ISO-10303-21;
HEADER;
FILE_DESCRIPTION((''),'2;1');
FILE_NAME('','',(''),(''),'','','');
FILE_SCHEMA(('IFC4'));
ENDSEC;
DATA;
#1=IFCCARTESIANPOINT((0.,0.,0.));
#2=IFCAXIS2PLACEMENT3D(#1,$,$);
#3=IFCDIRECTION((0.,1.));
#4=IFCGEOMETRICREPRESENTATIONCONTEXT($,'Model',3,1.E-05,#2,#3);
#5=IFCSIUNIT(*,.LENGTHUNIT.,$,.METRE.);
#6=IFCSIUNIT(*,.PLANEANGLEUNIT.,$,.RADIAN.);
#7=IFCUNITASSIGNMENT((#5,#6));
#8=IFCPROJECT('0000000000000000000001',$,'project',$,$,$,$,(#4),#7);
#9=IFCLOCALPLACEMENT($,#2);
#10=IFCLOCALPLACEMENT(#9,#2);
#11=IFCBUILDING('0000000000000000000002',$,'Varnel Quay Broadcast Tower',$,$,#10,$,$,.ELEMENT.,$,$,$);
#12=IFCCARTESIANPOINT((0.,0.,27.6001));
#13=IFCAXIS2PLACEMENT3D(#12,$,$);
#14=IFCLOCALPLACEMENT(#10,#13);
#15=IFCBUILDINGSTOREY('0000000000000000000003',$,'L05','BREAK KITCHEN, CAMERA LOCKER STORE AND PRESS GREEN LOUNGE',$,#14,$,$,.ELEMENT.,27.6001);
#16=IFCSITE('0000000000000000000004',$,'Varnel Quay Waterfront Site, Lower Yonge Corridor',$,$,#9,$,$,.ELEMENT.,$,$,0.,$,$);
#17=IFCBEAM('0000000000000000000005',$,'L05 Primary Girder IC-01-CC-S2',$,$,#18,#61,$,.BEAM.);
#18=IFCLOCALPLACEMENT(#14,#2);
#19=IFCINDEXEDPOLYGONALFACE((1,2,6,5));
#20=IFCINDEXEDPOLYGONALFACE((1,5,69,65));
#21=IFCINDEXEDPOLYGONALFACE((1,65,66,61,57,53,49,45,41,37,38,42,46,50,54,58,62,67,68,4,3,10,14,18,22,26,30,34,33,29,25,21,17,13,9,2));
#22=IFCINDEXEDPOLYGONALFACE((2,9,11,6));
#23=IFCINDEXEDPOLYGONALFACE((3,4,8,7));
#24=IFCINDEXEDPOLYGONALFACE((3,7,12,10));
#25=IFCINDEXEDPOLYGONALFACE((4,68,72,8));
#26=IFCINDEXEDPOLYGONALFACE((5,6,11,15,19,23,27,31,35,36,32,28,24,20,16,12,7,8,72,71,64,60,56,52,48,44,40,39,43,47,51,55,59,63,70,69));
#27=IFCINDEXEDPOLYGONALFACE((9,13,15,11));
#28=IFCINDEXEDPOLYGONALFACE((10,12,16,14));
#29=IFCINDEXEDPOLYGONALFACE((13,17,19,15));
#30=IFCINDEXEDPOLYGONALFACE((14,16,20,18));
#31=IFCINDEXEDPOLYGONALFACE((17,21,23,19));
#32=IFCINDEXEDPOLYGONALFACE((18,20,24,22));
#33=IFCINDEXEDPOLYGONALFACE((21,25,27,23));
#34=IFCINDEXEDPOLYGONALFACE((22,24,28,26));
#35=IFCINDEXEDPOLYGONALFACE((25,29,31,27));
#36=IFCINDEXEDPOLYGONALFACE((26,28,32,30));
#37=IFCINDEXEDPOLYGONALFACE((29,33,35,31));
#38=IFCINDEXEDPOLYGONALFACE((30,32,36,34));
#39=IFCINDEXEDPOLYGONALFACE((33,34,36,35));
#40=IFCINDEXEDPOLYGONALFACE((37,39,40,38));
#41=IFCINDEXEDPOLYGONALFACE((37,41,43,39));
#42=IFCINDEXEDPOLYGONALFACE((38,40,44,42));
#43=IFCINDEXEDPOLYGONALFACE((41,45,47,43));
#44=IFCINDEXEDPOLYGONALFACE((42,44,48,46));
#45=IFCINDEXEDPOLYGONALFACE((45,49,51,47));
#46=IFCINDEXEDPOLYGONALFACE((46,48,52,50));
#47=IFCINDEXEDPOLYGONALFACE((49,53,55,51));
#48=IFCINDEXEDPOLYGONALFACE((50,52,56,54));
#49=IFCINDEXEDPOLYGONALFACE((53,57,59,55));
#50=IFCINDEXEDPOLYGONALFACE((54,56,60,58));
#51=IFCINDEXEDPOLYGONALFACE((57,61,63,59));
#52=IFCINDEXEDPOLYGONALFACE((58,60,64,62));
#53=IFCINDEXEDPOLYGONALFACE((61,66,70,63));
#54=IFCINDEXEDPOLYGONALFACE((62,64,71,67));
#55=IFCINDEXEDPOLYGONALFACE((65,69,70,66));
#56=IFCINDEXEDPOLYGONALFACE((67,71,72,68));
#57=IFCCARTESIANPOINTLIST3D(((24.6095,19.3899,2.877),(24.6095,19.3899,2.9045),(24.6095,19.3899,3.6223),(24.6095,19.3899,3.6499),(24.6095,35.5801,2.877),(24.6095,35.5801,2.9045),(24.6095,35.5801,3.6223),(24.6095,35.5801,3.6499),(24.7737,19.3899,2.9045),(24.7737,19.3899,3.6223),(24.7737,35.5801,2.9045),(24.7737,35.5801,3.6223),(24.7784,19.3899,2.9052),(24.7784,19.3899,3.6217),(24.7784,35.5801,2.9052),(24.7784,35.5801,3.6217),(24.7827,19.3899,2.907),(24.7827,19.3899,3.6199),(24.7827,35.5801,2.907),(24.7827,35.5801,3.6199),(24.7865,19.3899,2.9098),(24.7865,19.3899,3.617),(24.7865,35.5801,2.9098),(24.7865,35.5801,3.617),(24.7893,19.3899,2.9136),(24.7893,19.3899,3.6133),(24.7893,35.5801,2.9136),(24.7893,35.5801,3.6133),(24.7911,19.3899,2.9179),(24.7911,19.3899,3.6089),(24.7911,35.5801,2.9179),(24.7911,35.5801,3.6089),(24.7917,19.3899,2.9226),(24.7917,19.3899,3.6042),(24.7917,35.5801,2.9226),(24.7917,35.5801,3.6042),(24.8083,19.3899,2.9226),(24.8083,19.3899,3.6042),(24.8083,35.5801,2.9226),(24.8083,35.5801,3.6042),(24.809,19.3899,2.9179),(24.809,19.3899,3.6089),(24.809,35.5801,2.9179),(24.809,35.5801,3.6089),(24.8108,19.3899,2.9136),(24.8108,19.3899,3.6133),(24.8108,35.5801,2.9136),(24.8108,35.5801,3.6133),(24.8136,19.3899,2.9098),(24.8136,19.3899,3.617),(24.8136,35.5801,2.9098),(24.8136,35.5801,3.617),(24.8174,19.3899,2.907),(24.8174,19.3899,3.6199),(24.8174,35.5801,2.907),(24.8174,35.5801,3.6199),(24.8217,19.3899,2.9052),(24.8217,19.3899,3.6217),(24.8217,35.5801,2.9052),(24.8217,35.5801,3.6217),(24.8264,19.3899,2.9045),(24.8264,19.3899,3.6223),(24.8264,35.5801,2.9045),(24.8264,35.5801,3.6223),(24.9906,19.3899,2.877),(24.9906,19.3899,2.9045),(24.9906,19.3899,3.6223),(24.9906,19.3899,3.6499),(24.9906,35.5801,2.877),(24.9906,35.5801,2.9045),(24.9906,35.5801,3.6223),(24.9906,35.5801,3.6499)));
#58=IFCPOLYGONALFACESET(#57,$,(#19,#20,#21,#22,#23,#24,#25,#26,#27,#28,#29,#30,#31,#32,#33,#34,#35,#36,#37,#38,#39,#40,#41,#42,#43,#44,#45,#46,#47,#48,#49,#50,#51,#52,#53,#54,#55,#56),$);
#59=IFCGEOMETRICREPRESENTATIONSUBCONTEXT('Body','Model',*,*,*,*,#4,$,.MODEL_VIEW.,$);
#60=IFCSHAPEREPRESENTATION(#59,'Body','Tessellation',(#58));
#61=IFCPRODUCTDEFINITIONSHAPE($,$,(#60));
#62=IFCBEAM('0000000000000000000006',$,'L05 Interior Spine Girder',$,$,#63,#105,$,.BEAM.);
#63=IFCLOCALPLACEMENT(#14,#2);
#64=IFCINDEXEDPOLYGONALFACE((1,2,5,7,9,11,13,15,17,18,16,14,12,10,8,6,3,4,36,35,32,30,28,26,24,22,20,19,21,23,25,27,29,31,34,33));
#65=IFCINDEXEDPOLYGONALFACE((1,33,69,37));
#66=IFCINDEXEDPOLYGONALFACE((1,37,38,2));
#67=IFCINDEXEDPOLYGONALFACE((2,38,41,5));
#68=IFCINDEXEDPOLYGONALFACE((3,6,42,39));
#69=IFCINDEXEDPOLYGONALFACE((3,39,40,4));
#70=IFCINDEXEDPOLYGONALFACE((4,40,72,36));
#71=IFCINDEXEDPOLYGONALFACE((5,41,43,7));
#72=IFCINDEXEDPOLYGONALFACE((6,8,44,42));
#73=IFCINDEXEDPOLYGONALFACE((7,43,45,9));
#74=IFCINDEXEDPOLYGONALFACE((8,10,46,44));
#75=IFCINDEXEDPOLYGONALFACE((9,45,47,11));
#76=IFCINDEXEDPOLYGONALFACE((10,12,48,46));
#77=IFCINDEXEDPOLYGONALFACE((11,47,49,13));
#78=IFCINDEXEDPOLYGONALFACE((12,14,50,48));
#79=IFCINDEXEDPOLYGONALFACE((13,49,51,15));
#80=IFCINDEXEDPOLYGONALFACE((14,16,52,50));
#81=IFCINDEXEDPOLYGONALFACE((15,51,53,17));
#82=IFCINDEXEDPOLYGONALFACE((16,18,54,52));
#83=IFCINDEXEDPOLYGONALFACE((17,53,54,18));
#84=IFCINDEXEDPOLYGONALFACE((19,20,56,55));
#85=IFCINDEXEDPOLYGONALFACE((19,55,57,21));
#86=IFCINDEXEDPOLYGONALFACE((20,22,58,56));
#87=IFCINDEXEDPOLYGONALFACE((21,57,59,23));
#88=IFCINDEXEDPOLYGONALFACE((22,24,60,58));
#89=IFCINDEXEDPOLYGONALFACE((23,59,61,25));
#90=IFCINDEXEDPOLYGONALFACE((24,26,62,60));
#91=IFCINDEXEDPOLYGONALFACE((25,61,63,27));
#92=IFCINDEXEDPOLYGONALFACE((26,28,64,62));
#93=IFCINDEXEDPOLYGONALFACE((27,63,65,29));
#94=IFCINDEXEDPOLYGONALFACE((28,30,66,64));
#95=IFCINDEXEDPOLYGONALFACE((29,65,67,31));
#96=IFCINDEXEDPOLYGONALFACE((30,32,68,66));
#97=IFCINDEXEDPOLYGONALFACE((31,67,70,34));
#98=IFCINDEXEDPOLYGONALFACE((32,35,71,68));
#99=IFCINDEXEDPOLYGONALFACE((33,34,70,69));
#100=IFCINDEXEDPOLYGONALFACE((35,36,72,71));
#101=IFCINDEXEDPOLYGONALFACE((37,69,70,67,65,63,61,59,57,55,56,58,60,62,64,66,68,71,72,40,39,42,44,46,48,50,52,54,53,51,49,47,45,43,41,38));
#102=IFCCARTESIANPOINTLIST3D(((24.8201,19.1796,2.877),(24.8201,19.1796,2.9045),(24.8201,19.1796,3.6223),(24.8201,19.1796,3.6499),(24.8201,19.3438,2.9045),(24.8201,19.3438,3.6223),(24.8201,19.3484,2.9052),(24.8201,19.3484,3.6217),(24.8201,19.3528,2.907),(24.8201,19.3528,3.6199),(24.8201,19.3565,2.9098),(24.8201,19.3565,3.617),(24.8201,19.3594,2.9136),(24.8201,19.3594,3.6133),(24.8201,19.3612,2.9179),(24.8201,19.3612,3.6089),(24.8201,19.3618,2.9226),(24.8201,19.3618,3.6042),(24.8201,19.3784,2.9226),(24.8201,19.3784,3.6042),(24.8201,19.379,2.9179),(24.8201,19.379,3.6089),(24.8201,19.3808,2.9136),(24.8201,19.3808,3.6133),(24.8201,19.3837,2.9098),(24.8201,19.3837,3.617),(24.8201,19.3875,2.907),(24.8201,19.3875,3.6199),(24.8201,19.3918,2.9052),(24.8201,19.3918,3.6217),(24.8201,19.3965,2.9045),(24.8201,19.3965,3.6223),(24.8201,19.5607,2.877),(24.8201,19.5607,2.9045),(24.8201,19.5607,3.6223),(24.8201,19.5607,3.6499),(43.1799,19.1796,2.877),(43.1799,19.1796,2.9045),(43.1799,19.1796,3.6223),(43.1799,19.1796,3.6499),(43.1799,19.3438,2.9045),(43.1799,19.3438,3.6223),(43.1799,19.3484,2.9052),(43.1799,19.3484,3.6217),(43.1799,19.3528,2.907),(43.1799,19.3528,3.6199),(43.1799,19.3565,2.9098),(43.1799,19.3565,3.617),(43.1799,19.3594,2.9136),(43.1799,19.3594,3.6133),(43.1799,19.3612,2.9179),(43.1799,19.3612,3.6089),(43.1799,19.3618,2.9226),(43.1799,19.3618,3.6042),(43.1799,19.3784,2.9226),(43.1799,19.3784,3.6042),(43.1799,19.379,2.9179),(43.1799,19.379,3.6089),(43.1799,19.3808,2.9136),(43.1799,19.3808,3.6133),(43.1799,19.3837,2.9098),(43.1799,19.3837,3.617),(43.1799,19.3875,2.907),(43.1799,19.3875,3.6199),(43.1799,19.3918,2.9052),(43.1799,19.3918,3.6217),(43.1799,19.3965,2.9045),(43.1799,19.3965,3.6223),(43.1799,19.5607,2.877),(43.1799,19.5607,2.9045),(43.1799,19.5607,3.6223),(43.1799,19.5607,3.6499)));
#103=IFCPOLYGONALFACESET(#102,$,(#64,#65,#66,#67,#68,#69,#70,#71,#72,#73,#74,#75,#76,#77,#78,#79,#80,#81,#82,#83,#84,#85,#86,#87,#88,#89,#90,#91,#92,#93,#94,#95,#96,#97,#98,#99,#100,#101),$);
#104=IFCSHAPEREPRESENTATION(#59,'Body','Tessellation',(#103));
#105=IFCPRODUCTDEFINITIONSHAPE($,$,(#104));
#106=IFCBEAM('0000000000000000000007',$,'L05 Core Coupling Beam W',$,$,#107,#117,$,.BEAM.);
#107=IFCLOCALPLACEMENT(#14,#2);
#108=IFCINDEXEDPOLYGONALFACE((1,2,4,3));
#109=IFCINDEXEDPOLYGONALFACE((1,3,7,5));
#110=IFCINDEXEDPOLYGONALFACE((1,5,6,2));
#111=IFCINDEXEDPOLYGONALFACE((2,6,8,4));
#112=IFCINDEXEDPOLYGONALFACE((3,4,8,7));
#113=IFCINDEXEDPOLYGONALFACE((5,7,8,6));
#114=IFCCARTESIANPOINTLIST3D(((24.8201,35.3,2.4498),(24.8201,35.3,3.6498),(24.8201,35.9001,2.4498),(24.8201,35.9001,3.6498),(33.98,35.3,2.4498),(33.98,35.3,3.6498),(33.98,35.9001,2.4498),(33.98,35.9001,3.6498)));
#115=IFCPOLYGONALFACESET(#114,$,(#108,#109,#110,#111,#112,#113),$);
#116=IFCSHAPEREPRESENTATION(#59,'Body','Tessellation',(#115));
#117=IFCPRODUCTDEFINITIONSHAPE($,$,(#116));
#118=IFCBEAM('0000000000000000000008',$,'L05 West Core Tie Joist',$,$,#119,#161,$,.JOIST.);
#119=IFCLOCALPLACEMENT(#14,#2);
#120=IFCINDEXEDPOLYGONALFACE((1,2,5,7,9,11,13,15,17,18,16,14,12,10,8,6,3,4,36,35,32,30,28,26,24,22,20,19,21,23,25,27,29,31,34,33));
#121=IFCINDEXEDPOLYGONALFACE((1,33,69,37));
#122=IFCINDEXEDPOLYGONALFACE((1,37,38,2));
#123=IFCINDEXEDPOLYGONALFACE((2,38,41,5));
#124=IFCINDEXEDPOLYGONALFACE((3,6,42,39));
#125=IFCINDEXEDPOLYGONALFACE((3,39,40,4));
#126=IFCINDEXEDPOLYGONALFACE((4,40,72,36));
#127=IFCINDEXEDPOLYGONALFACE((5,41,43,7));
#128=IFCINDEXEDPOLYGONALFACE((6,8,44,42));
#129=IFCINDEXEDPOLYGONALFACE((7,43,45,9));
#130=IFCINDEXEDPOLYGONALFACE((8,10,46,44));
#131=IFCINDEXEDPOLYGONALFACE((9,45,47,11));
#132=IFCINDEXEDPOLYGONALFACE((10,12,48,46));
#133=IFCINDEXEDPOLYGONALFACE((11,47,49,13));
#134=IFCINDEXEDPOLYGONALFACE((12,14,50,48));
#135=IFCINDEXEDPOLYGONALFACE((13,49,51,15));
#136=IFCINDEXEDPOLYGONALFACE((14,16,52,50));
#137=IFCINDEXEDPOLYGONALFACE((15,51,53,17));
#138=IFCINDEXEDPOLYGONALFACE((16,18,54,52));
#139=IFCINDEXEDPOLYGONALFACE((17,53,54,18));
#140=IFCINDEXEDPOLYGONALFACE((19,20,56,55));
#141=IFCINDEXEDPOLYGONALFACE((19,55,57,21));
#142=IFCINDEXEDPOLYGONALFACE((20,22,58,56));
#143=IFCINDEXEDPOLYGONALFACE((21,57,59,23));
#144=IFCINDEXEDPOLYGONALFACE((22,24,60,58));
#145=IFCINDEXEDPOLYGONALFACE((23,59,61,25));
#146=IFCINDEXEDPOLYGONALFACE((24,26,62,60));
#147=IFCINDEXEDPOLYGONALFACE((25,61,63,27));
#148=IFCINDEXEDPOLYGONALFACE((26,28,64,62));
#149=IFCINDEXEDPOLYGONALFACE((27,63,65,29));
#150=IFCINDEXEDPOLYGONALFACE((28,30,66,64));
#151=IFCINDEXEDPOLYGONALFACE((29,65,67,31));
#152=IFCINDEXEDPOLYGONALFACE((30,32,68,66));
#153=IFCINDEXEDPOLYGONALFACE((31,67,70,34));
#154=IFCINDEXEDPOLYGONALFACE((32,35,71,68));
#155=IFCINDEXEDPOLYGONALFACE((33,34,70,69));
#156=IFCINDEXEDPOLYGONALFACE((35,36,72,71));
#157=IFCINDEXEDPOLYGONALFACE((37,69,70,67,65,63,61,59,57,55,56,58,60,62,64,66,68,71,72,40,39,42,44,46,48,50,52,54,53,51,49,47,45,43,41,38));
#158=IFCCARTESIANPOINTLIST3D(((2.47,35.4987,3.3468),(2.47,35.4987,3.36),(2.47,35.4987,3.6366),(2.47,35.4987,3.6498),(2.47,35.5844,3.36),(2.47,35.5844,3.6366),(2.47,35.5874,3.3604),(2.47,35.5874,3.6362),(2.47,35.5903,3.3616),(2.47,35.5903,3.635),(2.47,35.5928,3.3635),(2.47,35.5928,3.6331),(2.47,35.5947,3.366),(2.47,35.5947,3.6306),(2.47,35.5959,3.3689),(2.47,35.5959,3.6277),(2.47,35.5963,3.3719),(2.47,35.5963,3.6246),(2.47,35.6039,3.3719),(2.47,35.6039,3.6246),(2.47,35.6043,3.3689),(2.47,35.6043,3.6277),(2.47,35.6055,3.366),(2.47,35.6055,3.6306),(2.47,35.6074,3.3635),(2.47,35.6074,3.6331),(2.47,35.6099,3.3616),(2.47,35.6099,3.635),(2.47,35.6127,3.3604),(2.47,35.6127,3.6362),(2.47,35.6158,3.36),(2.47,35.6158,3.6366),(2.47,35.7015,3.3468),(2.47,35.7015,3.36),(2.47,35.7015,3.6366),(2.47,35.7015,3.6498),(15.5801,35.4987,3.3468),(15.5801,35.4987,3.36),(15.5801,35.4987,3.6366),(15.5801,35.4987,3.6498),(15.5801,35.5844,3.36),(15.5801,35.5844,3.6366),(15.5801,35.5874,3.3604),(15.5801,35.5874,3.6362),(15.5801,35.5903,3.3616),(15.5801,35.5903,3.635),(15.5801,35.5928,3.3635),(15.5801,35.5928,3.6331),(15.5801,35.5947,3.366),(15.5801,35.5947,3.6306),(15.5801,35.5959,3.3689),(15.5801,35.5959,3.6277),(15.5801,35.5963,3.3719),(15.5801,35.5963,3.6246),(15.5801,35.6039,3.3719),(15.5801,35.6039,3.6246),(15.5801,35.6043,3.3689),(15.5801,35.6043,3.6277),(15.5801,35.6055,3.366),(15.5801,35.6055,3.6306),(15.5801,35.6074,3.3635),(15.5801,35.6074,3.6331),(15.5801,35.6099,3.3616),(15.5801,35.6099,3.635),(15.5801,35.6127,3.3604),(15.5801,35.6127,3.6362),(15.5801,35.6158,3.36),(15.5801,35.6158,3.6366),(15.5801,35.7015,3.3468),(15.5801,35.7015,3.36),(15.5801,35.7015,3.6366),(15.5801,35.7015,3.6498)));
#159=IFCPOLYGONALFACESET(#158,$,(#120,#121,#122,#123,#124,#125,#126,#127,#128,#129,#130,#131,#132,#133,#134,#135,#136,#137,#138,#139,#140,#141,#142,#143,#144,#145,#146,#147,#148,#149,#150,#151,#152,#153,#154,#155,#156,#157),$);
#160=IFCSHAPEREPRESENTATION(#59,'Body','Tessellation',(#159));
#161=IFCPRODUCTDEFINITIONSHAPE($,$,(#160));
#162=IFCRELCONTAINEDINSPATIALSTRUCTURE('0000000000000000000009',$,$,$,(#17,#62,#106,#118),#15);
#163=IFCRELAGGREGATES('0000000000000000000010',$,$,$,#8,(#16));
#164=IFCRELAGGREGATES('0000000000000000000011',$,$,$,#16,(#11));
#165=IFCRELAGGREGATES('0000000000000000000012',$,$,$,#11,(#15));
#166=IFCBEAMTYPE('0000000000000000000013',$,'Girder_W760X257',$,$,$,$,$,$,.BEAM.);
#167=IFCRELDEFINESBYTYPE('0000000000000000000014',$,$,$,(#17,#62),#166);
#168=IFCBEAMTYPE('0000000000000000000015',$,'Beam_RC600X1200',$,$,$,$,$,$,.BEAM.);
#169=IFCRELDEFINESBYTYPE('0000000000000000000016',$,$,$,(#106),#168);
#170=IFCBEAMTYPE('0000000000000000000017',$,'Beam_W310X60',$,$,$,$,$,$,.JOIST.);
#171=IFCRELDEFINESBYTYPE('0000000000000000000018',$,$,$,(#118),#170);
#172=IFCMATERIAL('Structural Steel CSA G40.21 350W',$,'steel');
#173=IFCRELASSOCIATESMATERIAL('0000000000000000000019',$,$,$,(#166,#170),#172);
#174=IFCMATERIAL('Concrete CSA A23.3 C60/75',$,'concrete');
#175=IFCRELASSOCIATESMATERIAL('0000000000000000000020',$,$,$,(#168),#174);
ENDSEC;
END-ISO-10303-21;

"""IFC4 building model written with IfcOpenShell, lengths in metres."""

from ifc_helpers import new_model, si_unit, direction, frame, origin, origin_2d, place, context, subcontext, project, spatial, rectangle, i_section, extrude, source, transform, mapped, material, material_profile, profile_set, type_object, type_shapes, element, save


model = new_model("IFC4")

# Units and contexts
model_context = context("Model", 3, precision=1e-05, world=origin(), true_north=direction((0.0, 1.0)))
body_context = subcontext(model_context, "Body", "Model", "MODEL_VIEW")
ifc_project = project(units=[si_unit("LENGTHUNIT", "METRE"), si_unit("PLANEANGLEUNIT", "RADIAN")], contexts=[model_context])

# Site, building, storey
site_placement = place(None, origin())
site = spatial("IfcSite", under=ifc_project, at=site_placement, Name="Varnel Quay Waterfront Site, Lower Yonge Corridor", CompositionType="ELEMENT", RefElevation=0.0)
building_placement = place(site_placement, origin())
building = spatial("IfcBuilding", under=site, at=building_placement, Name="Varnel Quay Broadcast Tower", CompositionType="ELEMENT")
storey_placement = place(building_placement, frame((0.0, 0.0, 27.6001)))
storey = spatial("IfcBuildingStorey", under=building, at=storey_placement, Name="L05", Description="BREAK KITCHEN, CAMERA LOCKER STORE AND PRESS GREEN LOUNGE", CompositionType="ELEMENT", Elevation=27.6001)

# Shared definitions
ifc_material_1 = material(Name="Structural Steel CSA G40.21 350W", Category="steel")
ifc_material_2 = material(Name="Concrete CSA A23.3 C60/75", Category="concrete")

# Beams
ifc_material_profile_1 = material_profile(ifc_material_1, i_section(OverallWidth=0.3811, OverallDepth=0.7729, WebThickness=0.0166, FlangeThickness=0.0276, FilletRadius=0.0181, at=origin_2d()), Name="W760X257")
ifc_profile_set_1 = profile_set([ifc_material_profile_1], Name="Structural Steel CSA G40.21 350W")
beam_type_1 = type_object("IfcBeamType", Name="Girder_W760X257", PredefinedType="BEAM", material=ifc_profile_set_1)
shared_shape_1 = source(origin(), body_context, "Body", "SweptSolid", [
    extrude(i_section(OverallWidth=0.3811, OverallDepth=0.7729, WebThickness=0.0166, FlangeThickness=0.0276, FilletRadius=0.0181, at=origin_2d()), origin(), (0.0, 0.0, 1.0), 16.1902),
])
beam_1_placement = place(storey_placement, frame((24.8, 19.3899, 3.2634), z_axis=(0.0, 1.0, 0.0), x_axis=(-1.0, 0.0, 0.0)))
element("IfcBeam", 1, at=beam_1_placement, inside=storey, type_object=beam_type_1, Name="L05 Primary Girder IC-01-CC-S2", PredefinedType="BEAM", context=body_context, shape_type="MappedRepresentation", body=[
    mapped(shared_shape_1, transform((0.0, 0.0, 0.0), x_axis=(1.0, 0.0, 0.0), y_axis=(0.0, 1.0, 0.0), z_axis=(0.0, 0.0, 1.0), scale=1.0)),
])
shared_shape_2 = source(origin(), body_context, "Body", "SweptSolid", [
    extrude(i_section(OverallWidth=0.3811, OverallDepth=0.7729, WebThickness=0.0166, FlangeThickness=0.0276, FilletRadius=0.0181, at=origin_2d()), origin(), (0.0, 0.0, 1.0), 18.3599),
])
type_shapes(beam_type_1, [shared_shape_1, shared_shape_2])
beam_2_placement = place(storey_placement, frame((24.8201, 19.3701, 3.2634), z_axis=(1.0, 0.0, 0.0), x_axis=(0.0, 1.0, 0.0)))
element("IfcBeam", 2, at=beam_2_placement, inside=storey, type_object=beam_type_1, Name="L05 Interior Spine Girder", PredefinedType="BEAM", context=body_context, shape_type="MappedRepresentation", body=[
    mapped(shared_shape_2, transform((0.0, 0.0, 0.0), x_axis=(1.0, 0.0, 0.0), y_axis=(0.0, 1.0, 0.0), z_axis=(0.0, 0.0, 1.0), scale=1.0)),
])
ifc_material_profile_2 = material_profile(ifc_material_2, rectangle(XDim=0.6001, YDim=1.2, at=origin_2d()), Name="RC600X1200")
ifc_profile_set_2 = profile_set([ifc_material_profile_2], Name="Concrete CSA A23.3 C60/75")
beam_type_2 = type_object("IfcBeamType", Name="Beam_RC600X1200", PredefinedType="BEAM", material=ifc_profile_set_2)
shared_shape_3 = source(origin(), body_context, "Body", "SweptSolid", [
    extrude(rectangle(XDim=0.6001, YDim=1.2, at=origin_2d()), origin(), (0.0, 0.0, 1.0), 9.1599),
])
type_shapes(beam_type_2, [shared_shape_3])
beam_3_placement = place(storey_placement, frame((24.8201, 35.6001, 3.0498), z_axis=(1.0, 0.0, 0.0), x_axis=(0.0, 1.0, 0.0)))
element("IfcBeam", 3, at=beam_3_placement, inside=storey, type_object=beam_type_2, Name="L05 Core Coupling Beam W", PredefinedType="BEAM", context=body_context, shape_type="MappedRepresentation", body=[
    mapped(shared_shape_3, transform((0.0, 0.0, 0.0), x_axis=(1.0, 0.0, 0.0), y_axis=(0.0, 1.0, 0.0), z_axis=(0.0, 0.0, 1.0), scale=1.0)),
])
ifc_material_profile_3 = material_profile(ifc_material_1, i_section(OverallWidth=0.2029, OverallDepth=0.303, WebThickness=0.0076, FlangeThickness=0.0132, FilletRadius=0.012, at=origin_2d()), Name="W310X60")
ifc_profile_set_3 = profile_set([ifc_material_profile_3], Name="Structural Steel CSA G40.21 350W")
beam_type_3 = type_object("IfcBeamType", Name="Beam_W310X60", PredefinedType="JOIST", material=ifc_profile_set_3)
shared_shape_4 = source(origin(), body_context, "Body", "SweptSolid", [
    extrude(i_section(OverallWidth=0.2029, OverallDepth=0.303, WebThickness=0.0076, FlangeThickness=0.0132, FilletRadius=0.012, at=origin_2d()), origin(), (0.0, 0.0, 1.0), 13.1101),
])
beam_4_placement = place(storey_placement, frame((2.47, 35.6001, 3.4983), z_axis=(1.0, 0.0, 0.0), x_axis=(0.0, 1.0, 0.0)))
element("IfcBeam", 4, at=beam_4_placement, inside=storey, type_object=beam_type_3, Name="L05 West Core Tie Joist", PredefinedType="JOIST", context=body_context, shape_type="MappedRepresentation", body=[
    mapped(shared_shape_4, transform((0.0, 0.0, 0.0), x_axis=(1.0, 0.0, 0.0), y_axis=(0.0, 1.0, 0.0), z_axis=(0.0, 0.0, 1.0), scale=1.0)),
])

save(model, "model.ifc")
